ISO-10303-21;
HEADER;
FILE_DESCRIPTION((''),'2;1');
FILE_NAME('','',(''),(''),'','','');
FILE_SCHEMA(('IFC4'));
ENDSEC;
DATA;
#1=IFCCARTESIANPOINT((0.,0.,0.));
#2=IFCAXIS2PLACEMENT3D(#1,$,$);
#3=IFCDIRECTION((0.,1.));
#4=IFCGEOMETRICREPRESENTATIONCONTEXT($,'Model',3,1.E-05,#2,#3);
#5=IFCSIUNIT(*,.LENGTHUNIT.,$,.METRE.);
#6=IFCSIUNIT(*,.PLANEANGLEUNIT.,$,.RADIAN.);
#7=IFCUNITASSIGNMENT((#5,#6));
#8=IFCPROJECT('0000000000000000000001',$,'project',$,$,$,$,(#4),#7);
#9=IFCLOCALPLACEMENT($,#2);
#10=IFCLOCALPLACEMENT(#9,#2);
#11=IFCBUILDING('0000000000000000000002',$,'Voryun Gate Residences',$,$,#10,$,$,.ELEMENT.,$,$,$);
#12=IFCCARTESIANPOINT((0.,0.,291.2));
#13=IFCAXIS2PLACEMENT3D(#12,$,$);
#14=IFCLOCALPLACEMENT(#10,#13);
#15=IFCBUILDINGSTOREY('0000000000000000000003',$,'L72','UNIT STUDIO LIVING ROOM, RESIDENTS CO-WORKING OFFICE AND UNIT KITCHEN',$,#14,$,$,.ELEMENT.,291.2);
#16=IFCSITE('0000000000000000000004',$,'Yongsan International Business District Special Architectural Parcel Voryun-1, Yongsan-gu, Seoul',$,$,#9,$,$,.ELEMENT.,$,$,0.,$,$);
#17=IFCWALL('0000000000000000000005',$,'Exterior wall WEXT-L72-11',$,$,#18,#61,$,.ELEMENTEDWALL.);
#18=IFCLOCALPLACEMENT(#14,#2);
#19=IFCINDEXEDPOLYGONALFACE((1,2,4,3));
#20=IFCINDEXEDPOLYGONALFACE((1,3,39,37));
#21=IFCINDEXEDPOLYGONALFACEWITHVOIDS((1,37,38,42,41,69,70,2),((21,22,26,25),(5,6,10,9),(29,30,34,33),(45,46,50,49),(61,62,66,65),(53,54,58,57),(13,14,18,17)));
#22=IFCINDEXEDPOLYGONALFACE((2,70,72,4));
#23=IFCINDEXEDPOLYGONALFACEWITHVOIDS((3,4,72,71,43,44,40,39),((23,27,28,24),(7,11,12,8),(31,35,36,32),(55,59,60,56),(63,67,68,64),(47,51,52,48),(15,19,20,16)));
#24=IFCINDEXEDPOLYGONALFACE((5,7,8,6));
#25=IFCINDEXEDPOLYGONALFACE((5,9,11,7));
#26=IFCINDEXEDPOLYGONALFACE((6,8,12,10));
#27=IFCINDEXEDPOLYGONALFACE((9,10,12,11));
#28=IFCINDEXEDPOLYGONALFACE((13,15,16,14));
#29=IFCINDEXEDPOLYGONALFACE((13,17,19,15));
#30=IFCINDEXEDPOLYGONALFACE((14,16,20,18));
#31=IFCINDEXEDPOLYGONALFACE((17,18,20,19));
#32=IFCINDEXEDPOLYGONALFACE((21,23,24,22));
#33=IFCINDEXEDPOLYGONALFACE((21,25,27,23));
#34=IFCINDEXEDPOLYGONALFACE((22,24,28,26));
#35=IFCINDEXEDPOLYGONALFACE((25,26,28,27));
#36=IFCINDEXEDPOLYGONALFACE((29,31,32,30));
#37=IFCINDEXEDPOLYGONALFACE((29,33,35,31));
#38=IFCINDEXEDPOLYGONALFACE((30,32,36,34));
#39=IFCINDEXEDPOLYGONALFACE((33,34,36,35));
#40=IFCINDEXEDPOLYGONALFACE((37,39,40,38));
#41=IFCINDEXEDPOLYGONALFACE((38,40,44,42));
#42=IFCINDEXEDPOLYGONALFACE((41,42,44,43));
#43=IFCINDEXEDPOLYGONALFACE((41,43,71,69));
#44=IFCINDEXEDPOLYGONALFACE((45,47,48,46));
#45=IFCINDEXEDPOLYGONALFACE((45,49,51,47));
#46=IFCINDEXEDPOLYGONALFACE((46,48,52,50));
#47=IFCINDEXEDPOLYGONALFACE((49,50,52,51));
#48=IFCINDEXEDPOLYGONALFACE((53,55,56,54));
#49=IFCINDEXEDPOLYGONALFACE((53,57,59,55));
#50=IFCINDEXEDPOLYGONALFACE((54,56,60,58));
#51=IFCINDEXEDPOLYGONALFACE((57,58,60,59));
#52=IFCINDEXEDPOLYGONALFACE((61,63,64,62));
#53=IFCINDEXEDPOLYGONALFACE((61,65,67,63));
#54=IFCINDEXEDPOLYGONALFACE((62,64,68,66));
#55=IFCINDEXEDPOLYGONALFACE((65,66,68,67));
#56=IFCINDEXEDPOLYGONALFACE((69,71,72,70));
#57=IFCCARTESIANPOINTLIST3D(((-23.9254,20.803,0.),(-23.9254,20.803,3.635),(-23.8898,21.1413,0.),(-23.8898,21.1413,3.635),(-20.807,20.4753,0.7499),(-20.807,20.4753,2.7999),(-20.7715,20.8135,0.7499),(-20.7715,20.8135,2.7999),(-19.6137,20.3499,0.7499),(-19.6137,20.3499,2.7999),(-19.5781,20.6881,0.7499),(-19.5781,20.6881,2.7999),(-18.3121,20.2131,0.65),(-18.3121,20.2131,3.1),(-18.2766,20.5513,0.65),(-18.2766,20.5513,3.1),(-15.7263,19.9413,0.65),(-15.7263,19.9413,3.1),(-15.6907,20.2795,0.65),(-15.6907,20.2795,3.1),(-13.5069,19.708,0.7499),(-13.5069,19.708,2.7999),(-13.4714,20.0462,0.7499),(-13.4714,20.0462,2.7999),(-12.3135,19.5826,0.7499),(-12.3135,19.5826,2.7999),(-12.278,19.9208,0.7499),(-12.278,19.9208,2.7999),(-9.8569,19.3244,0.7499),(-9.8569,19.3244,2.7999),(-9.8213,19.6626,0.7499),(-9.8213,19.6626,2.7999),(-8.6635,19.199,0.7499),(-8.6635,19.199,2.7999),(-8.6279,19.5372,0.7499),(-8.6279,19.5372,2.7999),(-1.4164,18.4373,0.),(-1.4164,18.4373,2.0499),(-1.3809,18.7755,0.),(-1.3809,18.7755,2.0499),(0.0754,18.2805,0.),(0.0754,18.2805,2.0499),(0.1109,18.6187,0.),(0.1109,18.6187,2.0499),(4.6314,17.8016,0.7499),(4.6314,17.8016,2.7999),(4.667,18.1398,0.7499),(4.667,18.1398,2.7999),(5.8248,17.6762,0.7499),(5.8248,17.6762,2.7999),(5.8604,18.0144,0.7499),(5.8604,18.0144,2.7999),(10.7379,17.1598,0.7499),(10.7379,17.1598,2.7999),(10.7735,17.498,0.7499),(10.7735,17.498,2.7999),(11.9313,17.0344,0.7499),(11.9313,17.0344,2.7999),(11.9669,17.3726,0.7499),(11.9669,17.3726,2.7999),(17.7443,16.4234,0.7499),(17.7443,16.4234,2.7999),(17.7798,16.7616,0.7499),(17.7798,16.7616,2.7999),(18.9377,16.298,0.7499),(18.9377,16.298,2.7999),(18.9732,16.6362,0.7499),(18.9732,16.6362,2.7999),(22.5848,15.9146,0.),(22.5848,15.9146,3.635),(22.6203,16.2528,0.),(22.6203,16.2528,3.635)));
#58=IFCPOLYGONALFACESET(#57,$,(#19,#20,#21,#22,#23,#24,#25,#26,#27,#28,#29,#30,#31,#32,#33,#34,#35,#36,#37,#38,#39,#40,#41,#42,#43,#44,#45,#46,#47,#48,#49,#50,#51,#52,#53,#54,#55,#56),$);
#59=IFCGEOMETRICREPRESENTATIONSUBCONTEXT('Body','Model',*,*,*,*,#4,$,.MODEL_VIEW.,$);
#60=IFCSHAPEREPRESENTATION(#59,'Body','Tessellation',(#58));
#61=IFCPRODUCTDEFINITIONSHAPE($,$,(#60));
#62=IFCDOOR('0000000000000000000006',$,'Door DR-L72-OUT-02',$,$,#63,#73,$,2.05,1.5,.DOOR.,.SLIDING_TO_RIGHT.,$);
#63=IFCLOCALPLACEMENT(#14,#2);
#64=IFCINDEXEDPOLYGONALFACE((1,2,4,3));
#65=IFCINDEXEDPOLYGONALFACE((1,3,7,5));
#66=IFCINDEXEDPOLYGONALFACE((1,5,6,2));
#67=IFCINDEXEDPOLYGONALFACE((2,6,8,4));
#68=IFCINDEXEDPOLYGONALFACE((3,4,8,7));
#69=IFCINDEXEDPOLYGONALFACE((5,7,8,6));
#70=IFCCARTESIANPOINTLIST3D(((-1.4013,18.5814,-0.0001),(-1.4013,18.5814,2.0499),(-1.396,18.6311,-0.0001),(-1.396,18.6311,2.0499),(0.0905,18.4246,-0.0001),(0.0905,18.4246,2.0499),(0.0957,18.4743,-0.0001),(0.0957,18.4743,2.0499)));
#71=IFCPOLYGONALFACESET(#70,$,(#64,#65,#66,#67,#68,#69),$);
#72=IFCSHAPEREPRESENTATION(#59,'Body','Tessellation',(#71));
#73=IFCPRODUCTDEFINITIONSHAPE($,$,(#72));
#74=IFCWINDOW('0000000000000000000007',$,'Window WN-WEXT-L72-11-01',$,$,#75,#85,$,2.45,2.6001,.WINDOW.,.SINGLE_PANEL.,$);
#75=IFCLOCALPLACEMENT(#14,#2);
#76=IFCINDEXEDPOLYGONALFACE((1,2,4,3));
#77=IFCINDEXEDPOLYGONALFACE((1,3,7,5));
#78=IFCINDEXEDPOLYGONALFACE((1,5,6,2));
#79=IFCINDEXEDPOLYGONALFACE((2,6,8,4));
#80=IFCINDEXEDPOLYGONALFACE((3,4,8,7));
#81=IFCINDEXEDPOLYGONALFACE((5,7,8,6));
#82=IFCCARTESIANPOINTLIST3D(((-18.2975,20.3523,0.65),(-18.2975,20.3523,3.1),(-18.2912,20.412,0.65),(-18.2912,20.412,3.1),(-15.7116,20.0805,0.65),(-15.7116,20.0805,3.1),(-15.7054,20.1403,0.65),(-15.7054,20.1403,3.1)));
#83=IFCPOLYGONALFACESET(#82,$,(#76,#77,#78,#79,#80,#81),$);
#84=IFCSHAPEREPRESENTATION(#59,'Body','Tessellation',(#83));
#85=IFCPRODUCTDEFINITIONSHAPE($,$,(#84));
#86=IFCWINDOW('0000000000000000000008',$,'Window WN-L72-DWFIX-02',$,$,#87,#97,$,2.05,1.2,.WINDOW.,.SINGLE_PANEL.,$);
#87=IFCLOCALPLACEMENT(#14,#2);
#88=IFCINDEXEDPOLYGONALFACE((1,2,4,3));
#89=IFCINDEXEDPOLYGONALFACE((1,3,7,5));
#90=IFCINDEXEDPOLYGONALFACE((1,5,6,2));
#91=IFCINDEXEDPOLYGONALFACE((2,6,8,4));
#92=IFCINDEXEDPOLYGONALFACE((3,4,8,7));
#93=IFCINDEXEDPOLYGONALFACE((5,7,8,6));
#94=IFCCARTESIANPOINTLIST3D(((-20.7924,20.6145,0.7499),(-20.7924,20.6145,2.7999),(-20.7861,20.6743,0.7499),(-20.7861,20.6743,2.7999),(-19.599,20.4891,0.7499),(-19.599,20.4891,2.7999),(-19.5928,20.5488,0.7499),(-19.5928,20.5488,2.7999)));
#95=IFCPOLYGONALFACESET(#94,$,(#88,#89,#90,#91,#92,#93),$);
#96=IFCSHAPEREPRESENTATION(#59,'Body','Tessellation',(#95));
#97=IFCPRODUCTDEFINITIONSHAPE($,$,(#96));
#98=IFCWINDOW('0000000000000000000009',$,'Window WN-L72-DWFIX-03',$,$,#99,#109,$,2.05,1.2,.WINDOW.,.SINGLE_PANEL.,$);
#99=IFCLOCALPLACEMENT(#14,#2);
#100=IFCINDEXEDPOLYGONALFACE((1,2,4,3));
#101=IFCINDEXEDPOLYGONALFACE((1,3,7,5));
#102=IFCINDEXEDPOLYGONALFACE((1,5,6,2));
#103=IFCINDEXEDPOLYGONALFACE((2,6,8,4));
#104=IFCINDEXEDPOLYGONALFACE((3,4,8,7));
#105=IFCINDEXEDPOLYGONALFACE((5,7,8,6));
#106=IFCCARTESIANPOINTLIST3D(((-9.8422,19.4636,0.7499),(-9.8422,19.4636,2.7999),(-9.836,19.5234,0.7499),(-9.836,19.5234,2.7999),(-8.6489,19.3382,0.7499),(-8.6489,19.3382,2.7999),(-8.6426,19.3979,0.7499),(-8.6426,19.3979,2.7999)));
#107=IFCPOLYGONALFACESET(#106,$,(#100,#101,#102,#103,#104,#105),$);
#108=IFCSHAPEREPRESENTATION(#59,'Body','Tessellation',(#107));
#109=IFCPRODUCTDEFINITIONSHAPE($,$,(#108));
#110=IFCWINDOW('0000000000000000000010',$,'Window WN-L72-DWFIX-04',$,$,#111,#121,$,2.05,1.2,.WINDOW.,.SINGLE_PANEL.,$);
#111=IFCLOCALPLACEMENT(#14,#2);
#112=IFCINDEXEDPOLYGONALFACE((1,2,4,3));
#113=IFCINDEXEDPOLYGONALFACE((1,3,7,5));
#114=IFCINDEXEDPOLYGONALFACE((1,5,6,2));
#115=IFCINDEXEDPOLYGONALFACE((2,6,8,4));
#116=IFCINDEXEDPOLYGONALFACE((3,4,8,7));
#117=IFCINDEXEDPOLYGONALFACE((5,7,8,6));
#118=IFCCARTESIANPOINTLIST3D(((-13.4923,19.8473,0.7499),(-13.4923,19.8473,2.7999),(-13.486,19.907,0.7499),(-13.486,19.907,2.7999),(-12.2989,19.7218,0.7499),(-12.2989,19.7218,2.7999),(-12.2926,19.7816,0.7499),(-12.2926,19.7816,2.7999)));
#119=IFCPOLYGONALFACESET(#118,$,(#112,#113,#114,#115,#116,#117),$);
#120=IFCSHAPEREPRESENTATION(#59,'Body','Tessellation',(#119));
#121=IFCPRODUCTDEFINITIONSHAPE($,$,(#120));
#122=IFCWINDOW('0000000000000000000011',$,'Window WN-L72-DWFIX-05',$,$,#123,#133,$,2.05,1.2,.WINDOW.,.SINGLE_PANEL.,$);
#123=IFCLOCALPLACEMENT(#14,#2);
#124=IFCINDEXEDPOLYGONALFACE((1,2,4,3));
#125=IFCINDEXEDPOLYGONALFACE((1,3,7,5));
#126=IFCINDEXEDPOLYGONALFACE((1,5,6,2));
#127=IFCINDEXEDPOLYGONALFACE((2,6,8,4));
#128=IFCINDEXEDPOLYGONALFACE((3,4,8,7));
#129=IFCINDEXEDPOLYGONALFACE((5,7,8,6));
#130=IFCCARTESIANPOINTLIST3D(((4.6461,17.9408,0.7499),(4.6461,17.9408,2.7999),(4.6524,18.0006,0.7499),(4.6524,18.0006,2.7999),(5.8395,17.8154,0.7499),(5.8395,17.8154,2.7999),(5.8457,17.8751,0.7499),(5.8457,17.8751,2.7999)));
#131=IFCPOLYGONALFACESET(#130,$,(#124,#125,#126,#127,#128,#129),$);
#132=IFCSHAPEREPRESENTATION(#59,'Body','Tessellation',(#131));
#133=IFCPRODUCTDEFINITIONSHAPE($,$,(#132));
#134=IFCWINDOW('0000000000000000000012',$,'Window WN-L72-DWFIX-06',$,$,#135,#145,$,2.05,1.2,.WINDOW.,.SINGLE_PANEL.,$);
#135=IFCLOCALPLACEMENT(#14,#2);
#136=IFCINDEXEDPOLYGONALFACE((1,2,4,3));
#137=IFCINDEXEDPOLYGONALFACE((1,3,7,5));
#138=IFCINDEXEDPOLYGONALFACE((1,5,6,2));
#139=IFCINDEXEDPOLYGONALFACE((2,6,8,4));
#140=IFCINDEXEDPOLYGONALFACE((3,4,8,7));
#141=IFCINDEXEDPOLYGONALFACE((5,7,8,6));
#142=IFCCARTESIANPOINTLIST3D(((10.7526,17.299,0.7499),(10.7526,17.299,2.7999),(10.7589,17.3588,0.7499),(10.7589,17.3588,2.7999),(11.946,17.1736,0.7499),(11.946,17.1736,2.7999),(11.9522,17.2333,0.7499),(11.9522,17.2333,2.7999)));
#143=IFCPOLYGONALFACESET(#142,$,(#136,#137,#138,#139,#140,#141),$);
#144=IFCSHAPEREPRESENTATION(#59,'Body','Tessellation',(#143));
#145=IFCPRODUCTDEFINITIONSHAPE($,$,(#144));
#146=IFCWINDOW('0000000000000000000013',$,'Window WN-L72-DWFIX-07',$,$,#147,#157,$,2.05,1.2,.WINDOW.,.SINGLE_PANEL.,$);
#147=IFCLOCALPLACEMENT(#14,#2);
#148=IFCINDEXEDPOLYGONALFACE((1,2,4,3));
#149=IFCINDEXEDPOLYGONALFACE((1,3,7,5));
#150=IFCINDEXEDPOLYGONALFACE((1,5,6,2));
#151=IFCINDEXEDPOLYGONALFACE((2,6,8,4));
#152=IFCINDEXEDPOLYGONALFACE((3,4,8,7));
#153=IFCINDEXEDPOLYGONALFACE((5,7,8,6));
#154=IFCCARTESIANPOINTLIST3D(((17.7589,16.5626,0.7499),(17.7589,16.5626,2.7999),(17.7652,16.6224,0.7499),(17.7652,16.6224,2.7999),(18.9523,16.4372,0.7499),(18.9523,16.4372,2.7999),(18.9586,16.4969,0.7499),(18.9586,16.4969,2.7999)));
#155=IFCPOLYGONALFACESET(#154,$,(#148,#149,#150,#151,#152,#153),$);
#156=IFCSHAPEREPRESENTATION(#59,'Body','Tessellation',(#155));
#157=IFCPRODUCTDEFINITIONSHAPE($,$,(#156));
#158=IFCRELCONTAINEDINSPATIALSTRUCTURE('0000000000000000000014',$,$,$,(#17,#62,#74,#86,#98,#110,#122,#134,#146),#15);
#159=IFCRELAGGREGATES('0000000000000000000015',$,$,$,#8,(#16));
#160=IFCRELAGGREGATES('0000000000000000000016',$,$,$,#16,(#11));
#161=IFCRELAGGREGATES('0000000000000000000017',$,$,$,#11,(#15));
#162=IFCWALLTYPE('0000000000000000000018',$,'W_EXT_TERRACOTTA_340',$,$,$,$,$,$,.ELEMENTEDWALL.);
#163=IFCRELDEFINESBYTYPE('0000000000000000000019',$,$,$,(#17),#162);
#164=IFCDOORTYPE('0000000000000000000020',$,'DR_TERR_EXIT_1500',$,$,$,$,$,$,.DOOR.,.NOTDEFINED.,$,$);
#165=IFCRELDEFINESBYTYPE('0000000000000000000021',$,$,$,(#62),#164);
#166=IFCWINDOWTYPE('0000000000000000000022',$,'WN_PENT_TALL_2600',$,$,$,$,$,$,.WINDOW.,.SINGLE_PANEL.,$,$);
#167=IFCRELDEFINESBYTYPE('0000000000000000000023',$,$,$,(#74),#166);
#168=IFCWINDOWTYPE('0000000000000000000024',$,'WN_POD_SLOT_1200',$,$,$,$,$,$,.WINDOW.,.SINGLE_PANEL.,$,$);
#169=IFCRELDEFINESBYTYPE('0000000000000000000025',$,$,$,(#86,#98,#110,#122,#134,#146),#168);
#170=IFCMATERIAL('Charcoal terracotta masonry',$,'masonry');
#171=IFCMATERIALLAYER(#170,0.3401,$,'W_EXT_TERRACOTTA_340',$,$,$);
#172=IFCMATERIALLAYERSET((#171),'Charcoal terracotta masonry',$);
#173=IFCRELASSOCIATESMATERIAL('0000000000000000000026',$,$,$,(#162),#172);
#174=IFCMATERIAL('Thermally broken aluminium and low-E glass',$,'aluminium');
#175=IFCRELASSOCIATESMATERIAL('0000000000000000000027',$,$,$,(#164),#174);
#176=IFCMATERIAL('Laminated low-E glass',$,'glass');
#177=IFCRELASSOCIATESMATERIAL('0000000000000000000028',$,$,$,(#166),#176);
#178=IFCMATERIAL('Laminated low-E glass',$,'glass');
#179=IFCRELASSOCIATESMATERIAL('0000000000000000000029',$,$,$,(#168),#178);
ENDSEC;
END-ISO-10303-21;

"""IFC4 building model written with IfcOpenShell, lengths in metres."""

from ifc_helpers import new_model, si_unit, direction, frame, frame_2d, origin, place, context, subcontext, project, spatial, rectangle, extrude, material, layer, layer_set, type_object, element, fill, save


model = new_model("IFC4")

# Units and contexts
model_context = context("Model", 3, precision=1e-05, world=origin(), true_north=direction((0.0, 1.0)))
body_context = subcontext(model_context, "Body", "Model", "MODEL_VIEW")
ifc_project = project(units=[si_unit("LENGTHUNIT", "METRE"), si_unit("PLANEANGLEUNIT", "RADIAN")], contexts=[model_context])

# Site, building, storey
site_placement = place(None, origin())
site = spatial("IfcSite", under=ifc_project, at=site_placement, Name="Yongsan International Business District Special Architectural Parcel Voryun-1, Yongsan-gu, Seoul", CompositionType="ELEMENT", RefElevation=0.0)
building_placement = place(site_placement, origin())
building = spatial("IfcBuilding", under=site, at=building_placement, Name="Voryun Gate Residences", CompositionType="ELEMENT")
storey_placement = place(building_placement, frame((0.0, 0.0, 291.2)))
storey = spatial("IfcBuildingStorey", under=building, at=storey_placement, Name="L72", Description="UNIT STUDIO LIVING ROOM, RESIDENTS CO-WORKING OFFICE AND UNIT KITCHEN", CompositionType="ELEMENT", Elevation=291.2)

# Shared definitions
ifc_material_1 = material(Name="Charcoal terracotta masonry", Category="masonry")
ifc_layer = layer(ifc_material_1, 0.3401, Name="W_EXT_TERRACOTTA_340")
ifc_layer_set = layer_set([ifc_layer], Name="Charcoal terracotta masonry")
wall_type = type_object("IfcWallType", Name="W_EXT_TERRACOTTA_340", PredefinedType="ELEMENTEDWALL", material=ifc_layer_set)

# Wall, openings, door, windows
wall_1_placement = place(storey_placement, frame((-23.9077, 20.9722, 0.0), z_axis=(0.0, 0.0, 1.0), x_axis=(0.994522, -0.104529, 0.0)))
wall_1 = element("IfcWall", 1, at=wall_1_placement, inside=storey, type_object=wall_type, Name="Exterior wall WEXT-L72-11", PredefinedType="ELEMENTEDWALL", context=body_context, shape_type="SweptSolid", body=[
    extrude(rectangle(XDim=46.7664, YDim=0.3401, at=frame_2d((23.3833, 0.0))), origin(), (0.0, 0.0, 1.0), 3.635),
])
opening_1_placement = place(wall_1_placement, frame((22.6331, 0.0, 0.0)))
opening_1 = element("IfcOpeningElement", 2, at=opening_1_placement, cuts=wall_1, PredefinedType="OPENING", context=body_context, shape_type="SweptSolid", body=[
    extrude(rectangle(XDim=1.5, YDim=2.05, at=frame_2d((0.75, 1.0249))), frame((0.0, 0.1799, 0.0), z_axis=(0.0, -1.0, 0.0), x_axis=(1.0, 0.0, 0.0)), (0.0, 0.0, 1.0), 0.3601),
])
opening_2_placement = place(wall_1_placement, frame((5.6443, 0.0, 0.6499)))
opening_2 = element("IfcOpeningElement", 3, at=opening_2_placement, cuts=wall_1, PredefinedType="OPENING", context=body_context, shape_type="SweptSolid", body=[
    extrude(rectangle(XDim=2.6001, YDim=2.45, at=frame_2d((1.3, 1.2251))), frame((0.0, 0.1799, 0.0), z_axis=(0.0, -1.0, 0.0), x_axis=(1.0, 0.0, 0.0)), (0.0, 0.0, 1.0), 0.3601),
])
opening_3_placement = place(wall_1_placement, frame((3.1355, 0.0, 0.75)))
opening_3 = element("IfcOpeningElement", 4, at=opening_3_placement, cuts=wall_1, PredefinedType="OPENING", context=body_context, shape_type="SweptSolid", body=[
    extrude(rectangle(XDim=1.2, YDim=2.05, at=frame_2d((0.6001, 1.0249))), frame((0.0, 0.1799, 0.0), z_axis=(0.0, -1.0, 0.0), x_axis=(1.0, 0.0, 0.0)), (0.0, 0.0, 1.0), 0.3601),
])
opening_4_placement = place(wall_1_placement, frame((14.146, 0.0, 0.75)))
opening_4 = element("IfcOpeningElement", 5, at=opening_4_placement, cuts=wall_1, PredefinedType="OPENING", context=body_context, shape_type="SweptSolid", body=[
    extrude(rectangle(XDim=1.2, YDim=2.05, at=frame_2d((0.6001, 1.0249))), frame((0.0, 0.1799, 0.0), z_axis=(0.0, -1.0, 0.0), x_axis=(1.0, 0.0, 0.0)), (0.0, 0.0, 1.0), 0.3601),
])
opening_5_placement = place(wall_1_placement, frame((10.4758, 0.0, 0.75)))
opening_5 = element("IfcOpeningElement", 6, at=opening_5_placement, cuts=wall_1, PredefinedType="OPENING", context=body_context, shape_type="SweptSolid", body=[
    extrude(rectangle(XDim=1.2, YDim=2.05, at=frame_2d((0.6001, 1.0249))), frame((0.0, 0.1799, 0.0), z_axis=(0.0, -1.0, 0.0), x_axis=(1.0, 0.0, 0.0)), (0.0, 0.0, 1.0), 0.3601),
])
opening_6_placement = place(wall_1_placement, frame((28.7141, 0.0, 0.75)))
opening_6 = element("IfcOpeningElement", 7, at=opening_6_placement, cuts=wall_1, PredefinedType="OPENING", context=body_context, shape_type="SweptSolid", body=[
    extrude(rectangle(XDim=1.2, YDim=2.05, at=frame_2d((0.6001, 1.0249))), frame((0.0, 0.1799, 0.0), z_axis=(0.0, -1.0, 0.0), x_axis=(1.0, 0.0, 0.0)), (0.0, 0.0, 1.0), 0.3601),
])
opening_7_placement = place(wall_1_placement, frame((34.8542, 0.0, 0.75)))
opening_7 = element("IfcOpeningElement", 8, at=opening_7_placement, cuts=wall_1, PredefinedType="OPENING", context=body_context, shape_type="SweptSolid", body=[
    extrude(rectangle(XDim=1.2, YDim=2.05, at=frame_2d((0.6001, 1.0249))), frame((0.0, 0.1799, 0.0), z_axis=(0.0, -1.0, 0.0), x_axis=(1.0, 0.0, 0.0)), (0.0, 0.0, 1.0), 0.3601),
])
opening_8_placement = place(wall_1_placement, frame((41.8992, 0.0, 0.75)))
opening_8 = element("IfcOpeningElement", 9, at=opening_8_placement, cuts=wall_1, PredefinedType="OPENING", context=body_context, shape_type="SweptSolid", body=[
    extrude(rectangle(XDim=1.2, YDim=2.05, at=frame_2d((0.6001, 1.0249))), frame((0.0, 0.1799, 0.0), z_axis=(0.0, -1.0, 0.0), x_axis=(1.0, 0.0, 0.0)), (0.0, 0.0, 1.0), 0.3601),
])
ifc_material_2 = material(Name="Thermally broken aluminium and low-E glass", Category="aluminium")
door_type = type_object("IfcDoorType", Name="DR_TERR_EXIT_1500", OperationType="NOTDEFINED", PredefinedType="DOOR", material=ifc_material_2)
door_placement = place(opening_1_placement, origin())
door = element("IfcDoor", 10, at=door_placement, inside=storey, type_object=door_type, Name="Door DR-L72-OUT-02", OperationType="SLIDING_TO_RIGHT", OverallHeight=2.05, OverallWidth=1.5, PredefinedType="DOOR", context=body_context, shape_type="SweptSolid", body=[
    extrude(rectangle(XDim=1.5, YDim=2.05, at=frame_2d((0.75, 1.0249))), frame((0.0, 0.0249, 0.0), z_axis=(0.0, -1.0, 0.0), x_axis=(1.0, 0.0, 0.0)), (0.0, 0.0, 1.0), 0.05),
])
fill(opening_1, door)
ifc_material_3 = material(Name="Laminated low-E glass", Category="glass")
window_type_1 = type_object("IfcWindowType", Name="WN_PENT_TALL_2600", PartitioningType="SINGLE_PANEL", PredefinedType="WINDOW", material=ifc_material_3)
window_1_placement = place(opening_2_placement, origin())
window_1 = element("IfcWindow", 11, at=window_1_placement, inside=storey, type_object=window_type_1, Name="Window WN-WEXT-L72-11-01", OverallHeight=2.45, OverallWidth=2.6001, PartitioningType="SINGLE_PANEL", PredefinedType="WINDOW", context=body_context, shape_type="SweptSolid", body=[
    extrude(rectangle(XDim=2.6001, YDim=2.45, at=frame_2d((1.3, 1.2251))), frame((0.0, 0.03, 0.0), z_axis=(0.0, -1.0, 0.0), x_axis=(1.0, 0.0, 0.0)), (0.0, 0.0, 1.0), 0.0601),
])
fill(opening_2, window_1)
ifc_material_4 = material(Name="Laminated low-E glass", Category="glass")
window_type_2 = type_object("IfcWindowType", Name="WN_POD_SLOT_1200", PartitioningType="SINGLE_PANEL", PredefinedType="WINDOW", material=ifc_material_4)
window_2_placement = place(opening_3_placement, origin())
window_2 = element("IfcWindow", 12, at=window_2_placement, inside=storey, type_object=window_type_2, Name="Window WN-L72-DWFIX-02", OverallHeight=2.05, OverallWidth=1.2, PartitioningType="SINGLE_PANEL", PredefinedType="WINDOW", context=body_context, shape_type="SweptSolid", body=[
    extrude(rectangle(XDim=1.2, YDim=2.05, at=frame_2d((0.6001, 1.0249))), frame((0.0, 0.03, 0.0), z_axis=(0.0, -1.0, 0.0), x_axis=(1.0, 0.0, 0.0)), (0.0, 0.0, 1.0), 0.0601),
])
fill(opening_3, window_2)
window_3_placement = place(opening_4_placement, origin())
window_3 = element("IfcWindow", 13, at=window_3_placement, inside=storey, type_object=window_type_2, Name="Window WN-L72-DWFIX-03", OverallHeight=2.05, OverallWidth=1.2, PartitioningType="SINGLE_PANEL", PredefinedType="WINDOW", context=body_context, shape_type="SweptSolid", body=[
    extrude(rectangle(XDim=1.2, YDim=2.05, at=frame_2d((0.6001, 1.0249))), frame((0.0, 0.03, 0.0), z_axis=(0.0, -1.0, 0.0), x_axis=(1.0, 0.0, 0.0)), (0.0, 0.0, 1.0), 0.0601),
])
fill(opening_4, window_3)
window_4_placement = place(opening_5_placement, origin())
window_4 = element("IfcWindow", 14, at=window_4_placement, inside=storey, type_object=window_type_2, Name="Window WN-L72-DWFIX-04", OverallHeight=2.05, OverallWidth=1.2, PartitioningType="SINGLE_PANEL", PredefinedType="WINDOW", context=body_context, shape_type="SweptSolid", body=[
    extrude(rectangle(XDim=1.2, YDim=2.05, at=frame_2d((0.6001, 1.0249))), frame((0.0, 0.03, 0.0), z_axis=(0.0, -1.0, 0.0), x_axis=(1.0, 0.0, 0.0)), (0.0, 0.0, 1.0), 0.0601),
])
fill(opening_5, window_4)
window_5_placement = place(opening_6_placement, origin())
window_5 = element("IfcWindow", 15, at=window_5_placement, inside=storey, type_object=window_type_2, Name="Window WN-L72-DWFIX-05", OverallHeight=2.05, OverallWidth=1.2, PartitioningType="SINGLE_PANEL", PredefinedType="WINDOW", context=body_context, shape_type="SweptSolid", body=[
    extrude(rectangle(XDim=1.2, YDim=2.05, at=frame_2d((0.6001, 1.0249))), frame((0.0, 0.03, 0.0), z_axis=(0.0, -1.0, 0.0), x_axis=(1.0, 0.0, 0.0)), (0.0, 0.0, 1.0), 0.0601),
])
fill(opening_6, window_5)
window_6_placement = place(opening_7_placement, origin())
window_6 = element("IfcWindow", 16, at=window_6_placement, inside=storey, type_object=window_type_2, Name="Window WN-L72-DWFIX-06", OverallHeight=2.05, OverallWidth=1.2, PartitioningType="SINGLE_PANEL", PredefinedType="WINDOW", context=body_context, shape_type="SweptSolid", body=[
    extrude(rectangle(XDim=1.2, YDim=2.05, at=frame_2d((0.6001, 1.0249))), frame((0.0, 0.03, 0.0), z_axis=(0.0, -1.0, 0.0), x_axis=(1.0, 0.0, 0.0)), (0.0, 0.0, 1.0), 0.0601),
])
fill(opening_7, window_6)
window_7_placement = place(opening_8_placement, origin())
window_7 = element("IfcWindow", 17, at=window_7_placement, inside=storey, type_object=window_type_2, Name="Window WN-L72-DWFIX-07", OverallHeight=2.05, OverallWidth=1.2, PartitioningType="SINGLE_PANEL", PredefinedType="WINDOW", context=body_context, shape_type="SweptSolid", body=[
    extrude(rectangle(XDim=1.2, YDim=2.05, at=frame_2d((0.6001, 1.0249))), frame((0.0, 0.03, 0.0), z_axis=(0.0, -1.0, 0.0), x_axis=(1.0, 0.0, 0.0)), (0.0, 0.0, 1.0), 0.0601),
])
fill(opening_8, window_7)

save(model, "model.ifc")
